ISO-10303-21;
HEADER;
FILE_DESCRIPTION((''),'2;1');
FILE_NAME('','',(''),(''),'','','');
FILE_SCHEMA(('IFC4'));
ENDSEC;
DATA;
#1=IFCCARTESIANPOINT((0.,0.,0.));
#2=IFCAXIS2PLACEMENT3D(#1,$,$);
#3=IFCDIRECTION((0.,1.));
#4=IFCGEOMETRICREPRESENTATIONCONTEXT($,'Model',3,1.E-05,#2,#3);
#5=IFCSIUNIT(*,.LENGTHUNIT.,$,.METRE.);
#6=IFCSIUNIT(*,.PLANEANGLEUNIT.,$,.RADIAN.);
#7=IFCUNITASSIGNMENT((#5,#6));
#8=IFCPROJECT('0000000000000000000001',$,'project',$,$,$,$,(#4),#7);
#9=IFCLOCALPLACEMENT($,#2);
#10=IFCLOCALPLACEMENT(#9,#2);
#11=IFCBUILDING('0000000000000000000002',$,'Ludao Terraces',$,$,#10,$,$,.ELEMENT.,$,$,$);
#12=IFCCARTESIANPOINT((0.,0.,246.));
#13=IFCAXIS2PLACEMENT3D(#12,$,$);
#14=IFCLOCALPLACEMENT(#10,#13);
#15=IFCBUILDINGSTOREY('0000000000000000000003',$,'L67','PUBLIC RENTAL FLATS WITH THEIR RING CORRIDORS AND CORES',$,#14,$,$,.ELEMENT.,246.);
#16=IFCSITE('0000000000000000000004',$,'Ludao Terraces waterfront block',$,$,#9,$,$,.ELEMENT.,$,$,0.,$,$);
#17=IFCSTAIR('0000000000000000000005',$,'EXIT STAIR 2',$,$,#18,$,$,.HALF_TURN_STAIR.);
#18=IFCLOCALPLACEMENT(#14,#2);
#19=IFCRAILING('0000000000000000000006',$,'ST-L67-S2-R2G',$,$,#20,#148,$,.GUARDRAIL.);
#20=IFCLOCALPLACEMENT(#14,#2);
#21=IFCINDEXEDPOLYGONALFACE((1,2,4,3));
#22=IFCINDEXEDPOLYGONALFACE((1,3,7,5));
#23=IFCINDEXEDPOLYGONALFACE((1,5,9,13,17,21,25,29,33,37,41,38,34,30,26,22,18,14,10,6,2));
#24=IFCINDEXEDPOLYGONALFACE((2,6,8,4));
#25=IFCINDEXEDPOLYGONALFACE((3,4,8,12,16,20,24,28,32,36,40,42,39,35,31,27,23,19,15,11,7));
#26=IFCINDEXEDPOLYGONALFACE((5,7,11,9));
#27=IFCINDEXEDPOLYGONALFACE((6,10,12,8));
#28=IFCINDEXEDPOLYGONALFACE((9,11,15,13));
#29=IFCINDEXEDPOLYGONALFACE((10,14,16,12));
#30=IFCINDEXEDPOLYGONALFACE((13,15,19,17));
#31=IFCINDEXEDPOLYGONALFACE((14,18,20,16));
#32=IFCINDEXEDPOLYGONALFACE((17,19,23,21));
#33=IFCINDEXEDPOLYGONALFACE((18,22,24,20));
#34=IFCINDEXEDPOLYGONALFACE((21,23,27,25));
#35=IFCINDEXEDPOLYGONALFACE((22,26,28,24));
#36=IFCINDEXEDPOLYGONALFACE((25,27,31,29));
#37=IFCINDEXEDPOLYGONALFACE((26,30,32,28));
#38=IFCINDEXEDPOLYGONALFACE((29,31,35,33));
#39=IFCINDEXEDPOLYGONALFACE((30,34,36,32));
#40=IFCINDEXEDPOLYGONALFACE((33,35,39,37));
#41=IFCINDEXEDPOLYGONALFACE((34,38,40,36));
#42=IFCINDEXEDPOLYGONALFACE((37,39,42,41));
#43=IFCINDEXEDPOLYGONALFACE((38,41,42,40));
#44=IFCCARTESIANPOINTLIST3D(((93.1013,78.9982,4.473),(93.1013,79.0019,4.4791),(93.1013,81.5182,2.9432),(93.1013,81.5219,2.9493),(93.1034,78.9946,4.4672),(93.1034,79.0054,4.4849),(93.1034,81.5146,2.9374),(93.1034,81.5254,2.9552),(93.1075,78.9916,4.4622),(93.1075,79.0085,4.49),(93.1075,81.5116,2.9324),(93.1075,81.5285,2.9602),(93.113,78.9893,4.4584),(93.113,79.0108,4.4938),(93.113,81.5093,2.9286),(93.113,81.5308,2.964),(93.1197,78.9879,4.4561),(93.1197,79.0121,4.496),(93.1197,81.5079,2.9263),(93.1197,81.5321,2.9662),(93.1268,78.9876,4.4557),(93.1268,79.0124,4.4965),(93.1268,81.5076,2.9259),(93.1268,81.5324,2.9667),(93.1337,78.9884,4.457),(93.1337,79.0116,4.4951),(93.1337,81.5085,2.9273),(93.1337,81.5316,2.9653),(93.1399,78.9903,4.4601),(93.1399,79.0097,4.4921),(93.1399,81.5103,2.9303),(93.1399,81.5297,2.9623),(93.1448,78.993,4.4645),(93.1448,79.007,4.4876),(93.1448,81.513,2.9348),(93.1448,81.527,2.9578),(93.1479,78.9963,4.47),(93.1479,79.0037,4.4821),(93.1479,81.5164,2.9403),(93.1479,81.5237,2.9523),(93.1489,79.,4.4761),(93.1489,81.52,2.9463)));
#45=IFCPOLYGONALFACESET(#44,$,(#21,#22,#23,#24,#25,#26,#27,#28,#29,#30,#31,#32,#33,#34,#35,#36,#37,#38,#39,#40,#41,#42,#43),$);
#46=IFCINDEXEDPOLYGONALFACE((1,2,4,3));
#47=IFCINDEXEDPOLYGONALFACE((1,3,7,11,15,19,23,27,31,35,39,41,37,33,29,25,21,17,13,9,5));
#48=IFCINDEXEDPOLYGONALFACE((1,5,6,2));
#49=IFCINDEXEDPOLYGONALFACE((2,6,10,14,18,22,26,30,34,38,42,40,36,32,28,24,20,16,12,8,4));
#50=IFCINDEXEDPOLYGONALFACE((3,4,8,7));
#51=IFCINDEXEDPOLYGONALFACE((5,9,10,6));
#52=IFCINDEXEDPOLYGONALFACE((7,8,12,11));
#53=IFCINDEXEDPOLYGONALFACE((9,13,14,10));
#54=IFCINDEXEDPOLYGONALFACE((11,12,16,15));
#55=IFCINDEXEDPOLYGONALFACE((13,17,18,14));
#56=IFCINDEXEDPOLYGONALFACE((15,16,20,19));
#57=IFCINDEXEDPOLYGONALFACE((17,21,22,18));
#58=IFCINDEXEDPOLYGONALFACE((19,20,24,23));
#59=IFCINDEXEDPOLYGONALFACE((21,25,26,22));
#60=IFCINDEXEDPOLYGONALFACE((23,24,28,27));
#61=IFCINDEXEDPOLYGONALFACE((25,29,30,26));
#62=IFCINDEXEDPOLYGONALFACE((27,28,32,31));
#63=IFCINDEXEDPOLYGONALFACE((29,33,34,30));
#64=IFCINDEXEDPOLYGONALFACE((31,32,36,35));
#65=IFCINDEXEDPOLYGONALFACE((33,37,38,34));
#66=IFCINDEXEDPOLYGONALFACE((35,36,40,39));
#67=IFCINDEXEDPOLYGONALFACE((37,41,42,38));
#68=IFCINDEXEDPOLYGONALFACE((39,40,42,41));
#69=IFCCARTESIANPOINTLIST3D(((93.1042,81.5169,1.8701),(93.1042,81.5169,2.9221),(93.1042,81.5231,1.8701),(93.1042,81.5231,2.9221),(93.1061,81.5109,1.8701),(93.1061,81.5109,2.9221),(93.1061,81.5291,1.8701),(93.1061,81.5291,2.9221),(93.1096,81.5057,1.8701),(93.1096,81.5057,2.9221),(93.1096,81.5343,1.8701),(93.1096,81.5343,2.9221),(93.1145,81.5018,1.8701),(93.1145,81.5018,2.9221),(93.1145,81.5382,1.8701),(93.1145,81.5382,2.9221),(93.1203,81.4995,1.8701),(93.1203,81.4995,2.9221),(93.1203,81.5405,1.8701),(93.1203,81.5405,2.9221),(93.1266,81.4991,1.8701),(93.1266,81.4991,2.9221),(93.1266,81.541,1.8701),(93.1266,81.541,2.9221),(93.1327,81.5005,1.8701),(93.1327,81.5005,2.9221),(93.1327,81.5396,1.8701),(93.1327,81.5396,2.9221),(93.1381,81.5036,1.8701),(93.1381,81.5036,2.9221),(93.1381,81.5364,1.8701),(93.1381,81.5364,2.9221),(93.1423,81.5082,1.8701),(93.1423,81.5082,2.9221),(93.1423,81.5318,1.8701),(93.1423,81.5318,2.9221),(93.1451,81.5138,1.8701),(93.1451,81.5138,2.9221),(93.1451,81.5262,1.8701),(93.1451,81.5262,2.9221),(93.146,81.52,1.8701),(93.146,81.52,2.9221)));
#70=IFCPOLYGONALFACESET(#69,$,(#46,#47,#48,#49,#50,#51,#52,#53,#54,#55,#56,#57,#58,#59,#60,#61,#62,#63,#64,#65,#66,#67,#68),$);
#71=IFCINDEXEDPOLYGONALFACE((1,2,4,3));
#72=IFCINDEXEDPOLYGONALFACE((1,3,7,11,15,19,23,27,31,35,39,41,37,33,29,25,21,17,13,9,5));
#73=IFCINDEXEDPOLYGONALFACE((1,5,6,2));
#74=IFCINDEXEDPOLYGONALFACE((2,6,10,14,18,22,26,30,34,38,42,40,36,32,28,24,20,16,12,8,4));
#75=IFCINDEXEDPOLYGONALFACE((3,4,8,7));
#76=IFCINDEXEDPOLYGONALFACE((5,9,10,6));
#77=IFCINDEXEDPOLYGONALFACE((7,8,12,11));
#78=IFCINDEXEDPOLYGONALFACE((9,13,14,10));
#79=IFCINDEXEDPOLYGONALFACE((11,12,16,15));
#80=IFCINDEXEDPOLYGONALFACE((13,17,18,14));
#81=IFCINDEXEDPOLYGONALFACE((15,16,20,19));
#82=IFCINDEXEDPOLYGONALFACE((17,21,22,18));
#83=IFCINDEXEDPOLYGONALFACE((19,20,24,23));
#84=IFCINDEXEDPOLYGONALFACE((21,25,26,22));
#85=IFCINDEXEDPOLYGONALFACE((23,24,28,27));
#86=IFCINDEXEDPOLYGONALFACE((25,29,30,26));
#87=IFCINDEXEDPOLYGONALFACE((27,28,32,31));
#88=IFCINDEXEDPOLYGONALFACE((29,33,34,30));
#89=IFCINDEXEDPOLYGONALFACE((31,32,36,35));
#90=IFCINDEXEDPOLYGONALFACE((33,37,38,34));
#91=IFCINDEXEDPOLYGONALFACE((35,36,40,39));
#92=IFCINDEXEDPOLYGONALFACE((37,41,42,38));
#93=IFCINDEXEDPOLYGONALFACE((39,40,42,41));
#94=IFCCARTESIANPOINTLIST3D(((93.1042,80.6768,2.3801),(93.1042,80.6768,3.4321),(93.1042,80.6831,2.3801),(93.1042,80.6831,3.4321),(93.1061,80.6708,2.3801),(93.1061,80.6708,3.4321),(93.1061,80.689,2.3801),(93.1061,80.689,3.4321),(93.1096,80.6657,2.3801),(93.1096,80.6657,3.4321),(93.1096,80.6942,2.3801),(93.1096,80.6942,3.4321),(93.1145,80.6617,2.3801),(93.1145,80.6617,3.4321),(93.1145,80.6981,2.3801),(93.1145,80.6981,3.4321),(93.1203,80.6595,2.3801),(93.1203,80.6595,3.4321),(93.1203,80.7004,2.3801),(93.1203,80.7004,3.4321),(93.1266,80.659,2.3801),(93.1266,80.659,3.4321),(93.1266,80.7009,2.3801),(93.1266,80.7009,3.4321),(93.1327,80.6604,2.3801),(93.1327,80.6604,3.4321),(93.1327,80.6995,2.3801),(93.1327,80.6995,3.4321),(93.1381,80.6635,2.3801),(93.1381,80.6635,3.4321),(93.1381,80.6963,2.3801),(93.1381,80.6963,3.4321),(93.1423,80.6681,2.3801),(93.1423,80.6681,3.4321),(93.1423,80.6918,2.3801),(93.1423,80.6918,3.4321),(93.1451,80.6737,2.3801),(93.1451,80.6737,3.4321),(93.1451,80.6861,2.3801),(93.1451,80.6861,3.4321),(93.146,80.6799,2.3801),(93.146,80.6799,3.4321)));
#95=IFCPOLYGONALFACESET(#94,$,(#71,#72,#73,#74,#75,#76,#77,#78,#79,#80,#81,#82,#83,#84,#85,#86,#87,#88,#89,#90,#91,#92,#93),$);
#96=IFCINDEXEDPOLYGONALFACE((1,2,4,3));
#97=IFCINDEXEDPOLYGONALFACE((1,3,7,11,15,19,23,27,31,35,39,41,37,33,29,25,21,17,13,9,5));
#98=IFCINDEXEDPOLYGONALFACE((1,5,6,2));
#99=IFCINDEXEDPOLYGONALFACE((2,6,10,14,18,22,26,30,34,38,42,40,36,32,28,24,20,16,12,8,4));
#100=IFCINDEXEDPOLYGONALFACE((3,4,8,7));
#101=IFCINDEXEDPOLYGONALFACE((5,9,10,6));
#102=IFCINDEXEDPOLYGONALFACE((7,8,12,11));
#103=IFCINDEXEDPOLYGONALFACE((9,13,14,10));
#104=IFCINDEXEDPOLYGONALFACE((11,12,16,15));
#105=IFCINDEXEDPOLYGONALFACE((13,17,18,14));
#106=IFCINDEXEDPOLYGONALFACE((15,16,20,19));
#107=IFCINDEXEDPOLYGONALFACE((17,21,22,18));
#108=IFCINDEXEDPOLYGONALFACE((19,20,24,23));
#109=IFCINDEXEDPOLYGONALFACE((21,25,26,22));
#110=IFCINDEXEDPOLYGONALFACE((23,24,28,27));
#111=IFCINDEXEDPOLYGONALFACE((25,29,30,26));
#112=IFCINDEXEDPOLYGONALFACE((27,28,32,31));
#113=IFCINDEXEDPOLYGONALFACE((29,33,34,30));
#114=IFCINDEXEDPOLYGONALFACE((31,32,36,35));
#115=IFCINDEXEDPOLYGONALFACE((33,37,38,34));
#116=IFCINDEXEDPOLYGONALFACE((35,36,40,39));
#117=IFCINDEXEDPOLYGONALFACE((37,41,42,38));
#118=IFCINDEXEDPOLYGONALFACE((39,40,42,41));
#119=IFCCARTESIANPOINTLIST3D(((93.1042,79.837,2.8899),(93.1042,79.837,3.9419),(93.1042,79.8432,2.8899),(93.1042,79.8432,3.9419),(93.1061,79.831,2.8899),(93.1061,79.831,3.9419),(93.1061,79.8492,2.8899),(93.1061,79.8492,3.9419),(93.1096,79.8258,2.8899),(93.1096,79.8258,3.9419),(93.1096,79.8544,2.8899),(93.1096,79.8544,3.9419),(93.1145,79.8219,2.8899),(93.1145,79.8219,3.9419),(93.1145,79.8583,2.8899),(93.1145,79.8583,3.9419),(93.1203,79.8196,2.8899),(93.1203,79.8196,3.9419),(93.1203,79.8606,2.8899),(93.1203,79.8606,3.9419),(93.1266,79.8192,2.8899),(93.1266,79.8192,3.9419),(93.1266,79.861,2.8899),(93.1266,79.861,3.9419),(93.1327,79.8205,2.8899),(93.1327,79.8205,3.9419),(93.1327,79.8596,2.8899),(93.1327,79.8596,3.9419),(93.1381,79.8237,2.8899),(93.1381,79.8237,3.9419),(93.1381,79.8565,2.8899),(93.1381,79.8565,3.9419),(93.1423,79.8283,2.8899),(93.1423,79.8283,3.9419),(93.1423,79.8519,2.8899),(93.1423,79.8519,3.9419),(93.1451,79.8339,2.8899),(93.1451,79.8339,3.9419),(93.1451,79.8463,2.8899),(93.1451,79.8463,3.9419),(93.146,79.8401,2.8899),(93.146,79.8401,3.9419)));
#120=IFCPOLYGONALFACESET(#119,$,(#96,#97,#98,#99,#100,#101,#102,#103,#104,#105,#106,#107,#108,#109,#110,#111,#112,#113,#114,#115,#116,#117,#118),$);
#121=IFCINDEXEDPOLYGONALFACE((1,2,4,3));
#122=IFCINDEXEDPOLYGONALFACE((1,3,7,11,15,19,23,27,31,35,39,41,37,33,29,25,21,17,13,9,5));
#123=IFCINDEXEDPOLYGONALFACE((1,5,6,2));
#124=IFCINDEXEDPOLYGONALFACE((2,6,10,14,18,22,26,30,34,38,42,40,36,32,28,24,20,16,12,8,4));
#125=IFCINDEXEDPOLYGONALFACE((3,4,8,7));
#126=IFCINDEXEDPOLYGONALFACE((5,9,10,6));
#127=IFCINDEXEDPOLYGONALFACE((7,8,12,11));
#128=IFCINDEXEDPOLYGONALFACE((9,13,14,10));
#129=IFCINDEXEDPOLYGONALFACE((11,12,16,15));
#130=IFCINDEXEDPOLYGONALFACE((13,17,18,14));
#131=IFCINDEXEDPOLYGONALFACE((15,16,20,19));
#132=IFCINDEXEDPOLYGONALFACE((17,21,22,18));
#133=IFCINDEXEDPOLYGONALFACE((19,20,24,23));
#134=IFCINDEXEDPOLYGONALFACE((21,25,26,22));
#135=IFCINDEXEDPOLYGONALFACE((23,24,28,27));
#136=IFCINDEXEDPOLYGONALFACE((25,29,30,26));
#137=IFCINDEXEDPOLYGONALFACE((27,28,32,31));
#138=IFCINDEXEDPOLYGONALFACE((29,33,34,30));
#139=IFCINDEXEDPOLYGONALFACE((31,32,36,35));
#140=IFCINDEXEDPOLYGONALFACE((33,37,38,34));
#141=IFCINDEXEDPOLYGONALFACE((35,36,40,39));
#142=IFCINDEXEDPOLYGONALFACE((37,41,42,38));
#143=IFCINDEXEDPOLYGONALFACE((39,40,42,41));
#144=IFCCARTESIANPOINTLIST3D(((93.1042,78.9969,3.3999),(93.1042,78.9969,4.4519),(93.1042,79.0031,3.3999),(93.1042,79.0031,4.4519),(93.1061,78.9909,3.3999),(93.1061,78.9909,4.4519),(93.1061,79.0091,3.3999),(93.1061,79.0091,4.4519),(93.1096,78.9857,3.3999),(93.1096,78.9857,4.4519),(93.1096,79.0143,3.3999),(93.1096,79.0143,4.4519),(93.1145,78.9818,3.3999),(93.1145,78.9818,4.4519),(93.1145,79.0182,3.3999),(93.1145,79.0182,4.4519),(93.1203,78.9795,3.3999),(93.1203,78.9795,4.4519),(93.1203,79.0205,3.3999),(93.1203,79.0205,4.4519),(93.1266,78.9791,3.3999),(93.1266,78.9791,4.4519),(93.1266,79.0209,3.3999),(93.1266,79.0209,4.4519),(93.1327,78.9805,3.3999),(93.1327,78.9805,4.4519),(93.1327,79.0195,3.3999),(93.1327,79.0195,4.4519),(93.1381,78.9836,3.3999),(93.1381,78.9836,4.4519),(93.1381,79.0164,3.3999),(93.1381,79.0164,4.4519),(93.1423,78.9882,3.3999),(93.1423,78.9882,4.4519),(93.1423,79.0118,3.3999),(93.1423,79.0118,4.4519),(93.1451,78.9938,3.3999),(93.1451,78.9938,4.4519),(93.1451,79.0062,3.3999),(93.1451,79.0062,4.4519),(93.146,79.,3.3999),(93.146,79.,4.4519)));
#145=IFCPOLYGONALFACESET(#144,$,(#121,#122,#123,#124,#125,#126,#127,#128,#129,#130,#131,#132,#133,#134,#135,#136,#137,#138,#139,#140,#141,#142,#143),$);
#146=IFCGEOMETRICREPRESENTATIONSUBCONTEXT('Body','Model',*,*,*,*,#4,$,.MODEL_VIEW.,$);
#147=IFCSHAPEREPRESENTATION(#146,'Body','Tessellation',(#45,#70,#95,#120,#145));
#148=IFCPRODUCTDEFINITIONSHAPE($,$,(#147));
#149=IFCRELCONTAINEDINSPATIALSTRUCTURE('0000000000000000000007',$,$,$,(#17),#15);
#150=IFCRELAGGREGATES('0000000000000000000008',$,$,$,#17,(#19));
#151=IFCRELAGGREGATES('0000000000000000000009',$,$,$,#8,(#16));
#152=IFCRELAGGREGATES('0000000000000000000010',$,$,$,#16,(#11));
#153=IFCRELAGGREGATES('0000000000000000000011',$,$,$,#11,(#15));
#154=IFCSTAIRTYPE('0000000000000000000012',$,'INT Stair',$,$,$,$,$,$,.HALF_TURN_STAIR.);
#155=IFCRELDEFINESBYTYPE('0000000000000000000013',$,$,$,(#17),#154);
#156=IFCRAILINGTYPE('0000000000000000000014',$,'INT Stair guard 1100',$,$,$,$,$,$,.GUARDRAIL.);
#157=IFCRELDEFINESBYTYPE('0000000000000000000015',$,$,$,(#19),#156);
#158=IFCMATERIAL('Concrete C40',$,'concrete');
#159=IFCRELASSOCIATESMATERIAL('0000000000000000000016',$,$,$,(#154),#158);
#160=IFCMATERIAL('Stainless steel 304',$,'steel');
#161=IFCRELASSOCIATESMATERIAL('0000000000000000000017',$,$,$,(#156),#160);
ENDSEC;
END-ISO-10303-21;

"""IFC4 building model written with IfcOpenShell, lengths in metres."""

from ifc_helpers import new_model, si_unit, direction, frame, origin, origin_2d, place, context, subcontext, project, spatial, circle, extrude, material, type_object, element, aggregate, save


model = new_model("IFC4")

# Units and contexts
model_context = context("Model", 3, precision=1e-05, world=origin(), true_north=direction((0.0, 1.0)))
body_context = subcontext(model_context, "Body", "Model", "MODEL_VIEW")
ifc_project = project(units=[si_unit("LENGTHUNIT", "METRE"), si_unit("PLANEANGLEUNIT", "RADIAN")], contexts=[model_context])

# Site, building, storey
site_placement = place(None, origin())
site = spatial("IfcSite", under=ifc_project, at=site_placement, Name="Ludao Terraces waterfront block", CompositionType="ELEMENT", RefElevation=0.0)
building_placement = place(site_placement, origin())
building = spatial("IfcBuilding", under=site, at=building_placement, Name="Ludao Terraces", CompositionType="ELEMENT")
storey_placement = place(building_placement, frame((0.0, 0.0, 246.0)))
storey = spatial("IfcBuildingStorey", under=building, at=storey_placement, Name="L67", Description="PUBLIC RENTAL FLATS WITH THEIR RING CORRIDORS AND CORES", CompositionType="ELEMENT", Elevation=246.0)

# Shared definitions
ifc_material_1 = material(Name="Stainless steel 304", Category="steel")

# Stair, railing
ifc_material_2 = material(Name="Concrete C40", Category="concrete")
stair_type = type_object("IfcStairType", Name="INT Stair", PredefinedType="HALF_TURN_STAIR", material=ifc_material_2)
stair_placement = place(storey_placement, origin())
stair = element("IfcStair", 1, at=stair_placement, inside=storey, type_object=stair_type, Name="EXIT STAIR 2", PredefinedType="HALF_TURN_STAIR")
railing_type = type_object("IfcRailingType", Name="INT Stair guard 1100", PredefinedType="GUARDRAIL", material=ifc_material_1)
railing_1_placement = place(storey_placement, frame((93.125, 81.52, 1.8701)))
railing_1 = element("IfcRailing", 2, at=railing_1_placement, type_object=railing_type, Name="ST-L67-S2-R2G", PredefinedType="GUARDRAIL", context=body_context, shape_type="SweptSolid", body=[
    extrude(circle(Radius=0.0239, at=origin_2d()), frame((0.0, 0.0, 1.0762), z_axis=(0.0, -0.854822, 0.518922), x_axis=(1.0, 0.0, 0.0)), (0.0, 0.0, 1.0), 2.948),
    extrude(circle(Radius=0.021, at=origin_2d()), origin(), (0.0, 0.0, 1.0), 1.052),
    extrude(circle(Radius=0.021, at=origin_2d()), frame((0.0, -0.8401, 0.51)), (0.0, 0.0, 1.0), 1.052),
    extrude(circle(Radius=0.021, at=origin_2d()), frame((0.0, -1.6799, 1.0198)), (0.0, 0.0, 1.0), 1.052),
    extrude(circle(Radius=0.021, at=origin_2d()), frame((0.0, -2.52, 1.5298)), (0.0, 0.0, 1.0), 1.052),
])
aggregate(stair, [railing_1])

save(model, "model.ifc")
